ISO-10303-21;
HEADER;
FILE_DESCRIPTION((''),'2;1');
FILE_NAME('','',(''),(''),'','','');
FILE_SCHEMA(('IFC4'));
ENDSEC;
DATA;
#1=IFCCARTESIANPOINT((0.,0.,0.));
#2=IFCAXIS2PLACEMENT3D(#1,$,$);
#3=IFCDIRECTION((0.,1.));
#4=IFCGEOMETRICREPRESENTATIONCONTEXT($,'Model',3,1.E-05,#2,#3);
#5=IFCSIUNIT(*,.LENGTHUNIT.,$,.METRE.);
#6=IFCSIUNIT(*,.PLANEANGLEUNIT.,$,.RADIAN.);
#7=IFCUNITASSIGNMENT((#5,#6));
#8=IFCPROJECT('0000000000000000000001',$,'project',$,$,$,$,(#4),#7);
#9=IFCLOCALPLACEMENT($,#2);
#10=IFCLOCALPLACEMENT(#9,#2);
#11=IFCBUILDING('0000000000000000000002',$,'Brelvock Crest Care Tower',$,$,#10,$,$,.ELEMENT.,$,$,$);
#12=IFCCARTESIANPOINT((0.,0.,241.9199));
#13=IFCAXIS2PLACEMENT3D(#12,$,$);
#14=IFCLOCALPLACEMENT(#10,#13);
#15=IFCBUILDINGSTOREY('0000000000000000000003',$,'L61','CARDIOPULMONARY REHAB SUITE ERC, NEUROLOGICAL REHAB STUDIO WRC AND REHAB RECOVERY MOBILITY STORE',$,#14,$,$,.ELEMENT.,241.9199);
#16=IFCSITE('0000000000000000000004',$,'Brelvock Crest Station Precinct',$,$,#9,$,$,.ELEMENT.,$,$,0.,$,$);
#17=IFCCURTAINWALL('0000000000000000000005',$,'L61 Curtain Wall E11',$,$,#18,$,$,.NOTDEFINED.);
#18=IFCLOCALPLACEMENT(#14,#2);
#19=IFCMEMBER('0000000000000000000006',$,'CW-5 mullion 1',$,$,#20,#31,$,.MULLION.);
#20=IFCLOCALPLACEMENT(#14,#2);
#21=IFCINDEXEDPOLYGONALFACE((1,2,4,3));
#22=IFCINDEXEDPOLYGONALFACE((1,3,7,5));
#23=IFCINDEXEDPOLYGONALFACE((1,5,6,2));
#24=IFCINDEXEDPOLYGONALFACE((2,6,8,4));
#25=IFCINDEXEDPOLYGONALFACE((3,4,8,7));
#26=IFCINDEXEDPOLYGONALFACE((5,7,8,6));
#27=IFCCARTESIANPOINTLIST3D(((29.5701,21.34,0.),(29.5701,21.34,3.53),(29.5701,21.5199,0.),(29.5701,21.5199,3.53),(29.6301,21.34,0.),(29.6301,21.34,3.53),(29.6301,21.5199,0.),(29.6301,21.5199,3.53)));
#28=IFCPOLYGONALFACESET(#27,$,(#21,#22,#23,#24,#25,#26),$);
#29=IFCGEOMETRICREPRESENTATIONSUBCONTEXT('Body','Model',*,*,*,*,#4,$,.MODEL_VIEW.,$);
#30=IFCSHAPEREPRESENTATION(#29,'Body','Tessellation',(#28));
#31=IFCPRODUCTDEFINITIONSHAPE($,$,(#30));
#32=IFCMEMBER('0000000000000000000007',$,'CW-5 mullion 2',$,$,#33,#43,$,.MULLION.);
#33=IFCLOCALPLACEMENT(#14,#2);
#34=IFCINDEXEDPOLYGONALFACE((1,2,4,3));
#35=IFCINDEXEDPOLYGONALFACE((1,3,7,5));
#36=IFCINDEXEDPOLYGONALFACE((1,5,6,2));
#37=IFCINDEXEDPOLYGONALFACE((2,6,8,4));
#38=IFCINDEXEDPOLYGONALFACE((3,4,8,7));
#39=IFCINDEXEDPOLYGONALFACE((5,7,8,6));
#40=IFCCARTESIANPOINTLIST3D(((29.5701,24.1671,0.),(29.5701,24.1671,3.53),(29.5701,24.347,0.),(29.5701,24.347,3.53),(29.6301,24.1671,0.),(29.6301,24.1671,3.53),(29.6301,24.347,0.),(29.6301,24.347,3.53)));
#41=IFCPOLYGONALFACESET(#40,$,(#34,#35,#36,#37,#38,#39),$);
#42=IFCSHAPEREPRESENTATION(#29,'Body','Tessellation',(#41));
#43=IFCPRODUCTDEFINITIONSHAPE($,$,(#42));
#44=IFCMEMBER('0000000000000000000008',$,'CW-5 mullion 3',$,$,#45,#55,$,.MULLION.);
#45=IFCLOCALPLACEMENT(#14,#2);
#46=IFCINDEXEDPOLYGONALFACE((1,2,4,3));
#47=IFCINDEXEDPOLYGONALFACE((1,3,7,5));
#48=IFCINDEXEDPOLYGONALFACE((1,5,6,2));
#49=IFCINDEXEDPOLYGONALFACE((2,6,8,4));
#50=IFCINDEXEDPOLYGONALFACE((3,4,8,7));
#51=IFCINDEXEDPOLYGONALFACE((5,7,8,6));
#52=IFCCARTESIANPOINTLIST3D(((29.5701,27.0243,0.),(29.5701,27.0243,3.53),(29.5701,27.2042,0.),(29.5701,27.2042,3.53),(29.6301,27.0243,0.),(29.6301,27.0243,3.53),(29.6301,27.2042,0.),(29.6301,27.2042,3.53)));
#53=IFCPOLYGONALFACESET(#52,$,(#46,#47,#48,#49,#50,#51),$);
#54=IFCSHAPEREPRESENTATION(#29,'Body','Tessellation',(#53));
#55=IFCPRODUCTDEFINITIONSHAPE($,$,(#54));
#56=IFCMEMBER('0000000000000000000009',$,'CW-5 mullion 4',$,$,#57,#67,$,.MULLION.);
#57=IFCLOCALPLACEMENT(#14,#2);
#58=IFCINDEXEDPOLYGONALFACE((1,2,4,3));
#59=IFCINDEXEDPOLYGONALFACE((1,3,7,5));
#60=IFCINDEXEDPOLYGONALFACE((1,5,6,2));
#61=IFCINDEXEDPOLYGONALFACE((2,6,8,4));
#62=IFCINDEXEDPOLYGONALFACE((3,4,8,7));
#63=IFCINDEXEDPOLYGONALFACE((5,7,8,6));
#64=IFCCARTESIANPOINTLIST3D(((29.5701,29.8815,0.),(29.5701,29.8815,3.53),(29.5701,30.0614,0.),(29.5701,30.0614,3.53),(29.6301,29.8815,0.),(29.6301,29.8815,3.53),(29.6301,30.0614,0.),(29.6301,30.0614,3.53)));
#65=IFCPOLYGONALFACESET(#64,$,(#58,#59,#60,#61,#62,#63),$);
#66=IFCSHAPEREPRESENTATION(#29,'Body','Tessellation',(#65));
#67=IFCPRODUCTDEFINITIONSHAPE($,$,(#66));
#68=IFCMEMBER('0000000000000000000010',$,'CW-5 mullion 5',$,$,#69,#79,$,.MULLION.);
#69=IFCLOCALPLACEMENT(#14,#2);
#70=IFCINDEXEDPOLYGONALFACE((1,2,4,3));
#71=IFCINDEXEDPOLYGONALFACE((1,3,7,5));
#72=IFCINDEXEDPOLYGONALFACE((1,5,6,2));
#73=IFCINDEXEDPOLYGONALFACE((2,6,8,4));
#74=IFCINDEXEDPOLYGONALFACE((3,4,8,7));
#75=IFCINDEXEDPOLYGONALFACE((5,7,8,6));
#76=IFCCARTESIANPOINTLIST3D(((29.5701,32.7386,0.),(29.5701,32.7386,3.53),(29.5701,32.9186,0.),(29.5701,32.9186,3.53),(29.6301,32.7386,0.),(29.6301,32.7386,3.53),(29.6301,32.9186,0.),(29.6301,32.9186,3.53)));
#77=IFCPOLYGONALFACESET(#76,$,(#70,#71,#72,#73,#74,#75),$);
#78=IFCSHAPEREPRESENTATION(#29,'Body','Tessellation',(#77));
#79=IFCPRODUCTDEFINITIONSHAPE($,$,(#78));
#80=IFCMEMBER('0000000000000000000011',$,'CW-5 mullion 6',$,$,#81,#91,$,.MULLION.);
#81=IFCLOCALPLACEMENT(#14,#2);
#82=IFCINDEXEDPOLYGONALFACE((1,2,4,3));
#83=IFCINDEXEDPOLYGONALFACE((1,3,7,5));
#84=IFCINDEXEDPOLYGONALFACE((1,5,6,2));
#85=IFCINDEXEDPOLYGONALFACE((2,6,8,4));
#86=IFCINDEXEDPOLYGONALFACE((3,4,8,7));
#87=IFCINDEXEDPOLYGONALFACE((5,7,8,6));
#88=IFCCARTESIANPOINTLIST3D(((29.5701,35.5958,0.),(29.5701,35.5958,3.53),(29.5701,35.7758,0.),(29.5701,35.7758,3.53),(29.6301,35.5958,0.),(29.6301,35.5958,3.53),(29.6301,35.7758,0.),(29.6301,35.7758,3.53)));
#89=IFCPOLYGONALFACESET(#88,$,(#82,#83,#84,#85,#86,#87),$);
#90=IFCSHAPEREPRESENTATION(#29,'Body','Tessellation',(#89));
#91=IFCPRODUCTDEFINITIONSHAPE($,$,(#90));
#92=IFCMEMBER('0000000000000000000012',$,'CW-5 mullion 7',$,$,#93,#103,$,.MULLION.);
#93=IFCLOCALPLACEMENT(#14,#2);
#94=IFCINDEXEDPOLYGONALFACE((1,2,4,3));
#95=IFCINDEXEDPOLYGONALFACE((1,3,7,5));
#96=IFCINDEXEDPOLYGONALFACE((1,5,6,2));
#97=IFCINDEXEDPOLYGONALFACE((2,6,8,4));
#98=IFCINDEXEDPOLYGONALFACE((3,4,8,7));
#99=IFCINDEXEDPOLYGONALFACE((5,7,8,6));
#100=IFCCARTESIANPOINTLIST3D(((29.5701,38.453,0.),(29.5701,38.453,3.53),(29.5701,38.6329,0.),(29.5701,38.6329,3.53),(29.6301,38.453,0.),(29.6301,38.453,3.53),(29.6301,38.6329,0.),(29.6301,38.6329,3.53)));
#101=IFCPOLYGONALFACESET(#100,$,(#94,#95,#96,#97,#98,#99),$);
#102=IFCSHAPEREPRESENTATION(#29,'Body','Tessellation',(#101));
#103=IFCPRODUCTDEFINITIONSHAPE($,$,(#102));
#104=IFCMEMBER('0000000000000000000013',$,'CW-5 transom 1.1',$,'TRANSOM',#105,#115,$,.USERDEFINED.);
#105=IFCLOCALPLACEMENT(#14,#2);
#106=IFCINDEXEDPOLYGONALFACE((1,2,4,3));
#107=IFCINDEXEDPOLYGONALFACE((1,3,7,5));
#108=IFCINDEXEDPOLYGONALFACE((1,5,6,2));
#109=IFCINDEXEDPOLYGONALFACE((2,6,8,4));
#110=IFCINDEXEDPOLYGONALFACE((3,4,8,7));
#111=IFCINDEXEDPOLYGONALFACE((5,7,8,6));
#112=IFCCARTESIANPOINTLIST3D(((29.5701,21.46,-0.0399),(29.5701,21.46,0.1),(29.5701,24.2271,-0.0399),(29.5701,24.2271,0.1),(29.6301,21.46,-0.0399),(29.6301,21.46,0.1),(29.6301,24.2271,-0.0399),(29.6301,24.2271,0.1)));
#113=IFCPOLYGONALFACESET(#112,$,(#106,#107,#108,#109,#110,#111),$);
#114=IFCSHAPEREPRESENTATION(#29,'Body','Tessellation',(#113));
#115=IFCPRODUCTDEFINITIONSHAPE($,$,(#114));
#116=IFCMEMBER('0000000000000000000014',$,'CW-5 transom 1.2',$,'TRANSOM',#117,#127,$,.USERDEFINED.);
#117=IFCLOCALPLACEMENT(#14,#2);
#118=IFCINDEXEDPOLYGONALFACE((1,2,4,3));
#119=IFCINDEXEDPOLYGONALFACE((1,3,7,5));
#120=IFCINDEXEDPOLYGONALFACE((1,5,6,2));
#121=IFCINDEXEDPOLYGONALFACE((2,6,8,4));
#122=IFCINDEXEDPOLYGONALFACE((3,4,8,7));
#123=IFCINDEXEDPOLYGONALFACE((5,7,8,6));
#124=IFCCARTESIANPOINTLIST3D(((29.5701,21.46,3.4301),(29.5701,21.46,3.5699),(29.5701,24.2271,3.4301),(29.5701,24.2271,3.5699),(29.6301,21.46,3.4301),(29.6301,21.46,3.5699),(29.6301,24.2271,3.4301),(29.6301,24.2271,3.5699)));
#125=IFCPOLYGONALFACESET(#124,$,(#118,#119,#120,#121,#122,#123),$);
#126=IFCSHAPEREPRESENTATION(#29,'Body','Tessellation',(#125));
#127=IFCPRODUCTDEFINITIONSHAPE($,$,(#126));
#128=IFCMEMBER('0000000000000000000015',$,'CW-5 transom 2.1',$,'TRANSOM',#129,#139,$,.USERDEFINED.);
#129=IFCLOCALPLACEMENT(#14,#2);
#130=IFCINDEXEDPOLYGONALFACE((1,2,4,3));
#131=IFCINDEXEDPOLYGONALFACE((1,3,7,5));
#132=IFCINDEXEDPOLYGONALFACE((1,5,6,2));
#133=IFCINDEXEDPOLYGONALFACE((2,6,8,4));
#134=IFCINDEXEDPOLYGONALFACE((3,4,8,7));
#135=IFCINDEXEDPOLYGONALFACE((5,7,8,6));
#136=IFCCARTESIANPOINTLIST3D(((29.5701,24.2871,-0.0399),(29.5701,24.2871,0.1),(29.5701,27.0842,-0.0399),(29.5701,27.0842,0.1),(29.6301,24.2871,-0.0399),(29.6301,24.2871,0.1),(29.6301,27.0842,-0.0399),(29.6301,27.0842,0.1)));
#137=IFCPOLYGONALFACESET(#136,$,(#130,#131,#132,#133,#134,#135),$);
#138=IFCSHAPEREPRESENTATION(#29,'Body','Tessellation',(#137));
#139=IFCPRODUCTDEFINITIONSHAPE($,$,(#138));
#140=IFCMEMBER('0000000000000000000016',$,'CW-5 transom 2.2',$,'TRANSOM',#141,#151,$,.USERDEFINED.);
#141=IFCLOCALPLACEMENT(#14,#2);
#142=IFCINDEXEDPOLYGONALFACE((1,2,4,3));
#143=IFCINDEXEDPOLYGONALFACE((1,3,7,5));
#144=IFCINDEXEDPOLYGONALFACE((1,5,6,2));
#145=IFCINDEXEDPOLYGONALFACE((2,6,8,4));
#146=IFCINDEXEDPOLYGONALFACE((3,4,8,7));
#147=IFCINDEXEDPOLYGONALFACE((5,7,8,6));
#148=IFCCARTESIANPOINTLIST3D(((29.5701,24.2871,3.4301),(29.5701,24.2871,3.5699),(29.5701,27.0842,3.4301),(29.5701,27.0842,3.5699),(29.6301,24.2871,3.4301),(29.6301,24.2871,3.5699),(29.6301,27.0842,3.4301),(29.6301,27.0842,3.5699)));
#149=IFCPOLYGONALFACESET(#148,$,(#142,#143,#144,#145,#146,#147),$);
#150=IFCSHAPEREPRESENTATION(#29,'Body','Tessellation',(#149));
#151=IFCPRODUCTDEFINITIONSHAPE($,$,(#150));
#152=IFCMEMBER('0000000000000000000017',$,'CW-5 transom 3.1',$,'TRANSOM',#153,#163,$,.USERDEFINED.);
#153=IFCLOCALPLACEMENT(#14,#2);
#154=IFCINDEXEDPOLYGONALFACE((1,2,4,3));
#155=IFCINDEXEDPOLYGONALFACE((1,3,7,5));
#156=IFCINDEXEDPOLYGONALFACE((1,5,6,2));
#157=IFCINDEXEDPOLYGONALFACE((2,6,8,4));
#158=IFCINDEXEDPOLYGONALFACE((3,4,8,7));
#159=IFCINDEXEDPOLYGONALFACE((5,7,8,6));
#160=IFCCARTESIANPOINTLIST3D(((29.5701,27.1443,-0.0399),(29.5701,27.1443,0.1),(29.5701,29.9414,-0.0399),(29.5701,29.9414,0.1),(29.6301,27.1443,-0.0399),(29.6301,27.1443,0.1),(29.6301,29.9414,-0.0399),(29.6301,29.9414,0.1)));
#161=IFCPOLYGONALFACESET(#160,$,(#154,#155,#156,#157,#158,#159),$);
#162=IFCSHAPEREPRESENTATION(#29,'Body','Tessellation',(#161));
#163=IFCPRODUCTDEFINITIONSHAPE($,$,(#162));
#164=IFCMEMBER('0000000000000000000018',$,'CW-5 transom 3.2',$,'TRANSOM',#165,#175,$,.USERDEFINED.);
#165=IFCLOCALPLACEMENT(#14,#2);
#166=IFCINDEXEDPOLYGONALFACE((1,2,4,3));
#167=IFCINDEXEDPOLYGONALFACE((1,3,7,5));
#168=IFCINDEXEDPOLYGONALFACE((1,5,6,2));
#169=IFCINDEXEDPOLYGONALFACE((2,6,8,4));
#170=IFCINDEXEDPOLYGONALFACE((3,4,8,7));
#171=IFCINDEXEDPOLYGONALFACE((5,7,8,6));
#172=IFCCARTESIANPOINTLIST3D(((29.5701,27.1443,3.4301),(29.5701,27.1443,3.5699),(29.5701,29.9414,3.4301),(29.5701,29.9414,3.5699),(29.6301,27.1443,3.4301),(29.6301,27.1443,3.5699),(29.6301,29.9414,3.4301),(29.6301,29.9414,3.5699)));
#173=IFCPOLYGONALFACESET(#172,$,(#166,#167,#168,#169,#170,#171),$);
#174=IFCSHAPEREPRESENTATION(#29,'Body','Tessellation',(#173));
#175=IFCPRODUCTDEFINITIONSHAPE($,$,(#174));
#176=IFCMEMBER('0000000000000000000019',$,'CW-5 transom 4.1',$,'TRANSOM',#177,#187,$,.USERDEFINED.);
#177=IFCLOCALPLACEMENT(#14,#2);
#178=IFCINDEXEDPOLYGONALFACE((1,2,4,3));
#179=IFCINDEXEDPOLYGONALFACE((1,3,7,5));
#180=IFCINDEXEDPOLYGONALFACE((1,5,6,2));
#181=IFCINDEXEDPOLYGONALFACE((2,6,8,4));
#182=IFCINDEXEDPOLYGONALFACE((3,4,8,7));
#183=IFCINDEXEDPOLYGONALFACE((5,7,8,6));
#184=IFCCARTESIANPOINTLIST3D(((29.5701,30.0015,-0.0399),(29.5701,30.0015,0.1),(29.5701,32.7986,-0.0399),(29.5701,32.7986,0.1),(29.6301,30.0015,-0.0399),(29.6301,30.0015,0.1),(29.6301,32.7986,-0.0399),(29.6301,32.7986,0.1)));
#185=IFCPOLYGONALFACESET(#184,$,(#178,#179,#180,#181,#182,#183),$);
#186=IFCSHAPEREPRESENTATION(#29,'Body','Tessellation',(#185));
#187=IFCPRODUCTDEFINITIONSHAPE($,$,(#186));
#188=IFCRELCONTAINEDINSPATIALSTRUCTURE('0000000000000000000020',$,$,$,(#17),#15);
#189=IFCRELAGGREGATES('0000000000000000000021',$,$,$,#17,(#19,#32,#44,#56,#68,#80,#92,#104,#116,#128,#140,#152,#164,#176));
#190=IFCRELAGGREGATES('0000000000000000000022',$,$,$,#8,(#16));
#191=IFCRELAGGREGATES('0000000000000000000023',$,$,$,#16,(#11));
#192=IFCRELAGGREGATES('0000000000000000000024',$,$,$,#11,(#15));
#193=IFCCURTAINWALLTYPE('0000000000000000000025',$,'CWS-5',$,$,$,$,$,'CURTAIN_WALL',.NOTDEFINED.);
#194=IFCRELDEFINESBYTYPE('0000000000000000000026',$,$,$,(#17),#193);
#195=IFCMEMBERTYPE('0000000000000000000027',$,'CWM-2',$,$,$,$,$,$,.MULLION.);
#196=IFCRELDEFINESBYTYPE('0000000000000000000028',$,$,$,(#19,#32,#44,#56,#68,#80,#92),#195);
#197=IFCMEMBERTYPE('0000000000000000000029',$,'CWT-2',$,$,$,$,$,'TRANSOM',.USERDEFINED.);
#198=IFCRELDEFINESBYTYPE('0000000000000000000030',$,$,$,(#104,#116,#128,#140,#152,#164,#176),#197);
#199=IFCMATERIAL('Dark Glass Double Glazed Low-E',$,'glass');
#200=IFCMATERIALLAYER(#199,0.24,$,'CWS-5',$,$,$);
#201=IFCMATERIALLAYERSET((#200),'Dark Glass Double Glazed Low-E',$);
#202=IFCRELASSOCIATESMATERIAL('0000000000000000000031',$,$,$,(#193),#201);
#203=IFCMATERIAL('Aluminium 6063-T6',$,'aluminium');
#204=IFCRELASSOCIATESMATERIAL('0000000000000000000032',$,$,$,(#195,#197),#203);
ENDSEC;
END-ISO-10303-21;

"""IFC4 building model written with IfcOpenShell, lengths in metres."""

from ifc_helpers import new_model, si_unit, direction, frame, origin, origin_2d, place, context, subcontext, project, spatial, rectangle, extrude, source, transform, mapped, material, layer, layer_set, material_profile, profile_set, type_object, element, aggregate, save


model = new_model("IFC4")

# Units and contexts
model_context = context("Model", 3, precision=1e-05, world=origin(), true_north=direction((0.0, 1.0)))
body_context = subcontext(model_context, "Body", "Model", "MODEL_VIEW")
ifc_project = project(units=[si_unit("LENGTHUNIT", "METRE"), si_unit("PLANEANGLEUNIT", "RADIAN")], contexts=[model_context])

# Site, building, storey
site_placement = place(None, origin())
site = spatial("IfcSite", under=ifc_project, at=site_placement, Name="Brelvock Crest Station Precinct", CompositionType="ELEMENT", RefElevation=0.0)
building_placement = place(site_placement, origin())
building = spatial("IfcBuilding", under=site, at=building_placement, Name="Brelvock Crest Care Tower", CompositionType="ELEMENT")
storey_placement = place(building_placement, frame((0.0, 0.0, 241.9199)))
storey = spatial("IfcBuildingStorey", under=building, at=storey_placement, Name="L61", Description="CARDIOPULMONARY REHAB SUITE ERC, NEUROLOGICAL REHAB STUDIO WRC AND REHAB RECOVERY MOBILITY STORE", CompositionType="ELEMENT", Elevation=241.9199)

# Curtain wall, members
ifc_material_1 = material(Name="Dark Glass Double Glazed Low-E", Category="glass")
ifc_layer_1 = layer(ifc_material_1, 0.24, Name="CWS-5")
ifc_layer_set_1 = layer_set([ifc_layer_1], Name="Dark Glass Double Glazed Low-E")
curtain_wall_type = type_object("IfcCurtainWallType", Name="CWS-5", ElementType="CURTAIN_WALL", PredefinedType="NOTDEFINED", material=ifc_layer_set_1)
curtain_wall_placement = place(storey_placement, origin())
curtain_wall = element("IfcCurtainWall", 1, at=curtain_wall_placement, inside=storey, type_object=curtain_wall_type, Name="L61 Curtain Wall E11", PredefinedType="NOTDEFINED")
ifc_material_2 = material(Name="Aluminium 6063-T6", Category="aluminium")
ifc_material_profile_1 = material_profile(ifc_material_2, rectangle(XDim=0.0601, YDim=0.1799, at=origin_2d()), Name="ALU60x180")
ifc_profile_set_1 = profile_set([ifc_material_profile_1], Name="Aluminium 6063-T6")
member_type_1 = type_object("IfcMemberType", Name="CWM-2", PredefinedType="MULLION", material=ifc_profile_set_1)
shared_shape_1 = source(origin(), body_context, "Body", "SweptSolid", [
    extrude(rectangle(XDim=0.0601, YDim=0.1799, at=origin_2d()), origin(), (0.0, 0.0, 1.0), 3.53),
])
member_1_placement = place(storey_placement, frame((29.6001, 21.4299, 0.0), z_axis=(0.0, 0.0, 1.0), x_axis=(-1.0, 0.0, 0.0)))
member_1 = element("IfcMember", 2, at=member_1_placement, type_object=member_type_1, Name="CW-5 mullion 1", PredefinedType="MULLION", context=body_context, shape_type="MappedRepresentation", body=[
    mapped(shared_shape_1, transform((0.0, 0.0, 0.0), x_axis=(1.0, 0.0, 0.0), y_axis=(0.0, 1.0, 0.0), z_axis=(0.0, 0.0, 1.0), scale=1.0)),
])
member_2_placement = place(storey_placement, frame((29.6001, 24.2571, 0.0), z_axis=(0.0, 0.0, 1.0), x_axis=(-1.0, 0.0, 0.0)))
member_2 = element("IfcMember", 3, at=member_2_placement, type_object=member_type_1, Name="CW-5 mullion 2", PredefinedType="MULLION", context=body_context, shape_type="MappedRepresentation", body=[
    mapped(shared_shape_1, transform((0.0, 0.0, 0.0), x_axis=(1.0, 0.0, 0.0), y_axis=(0.0, 1.0, 0.0), z_axis=(0.0, 0.0, 1.0), scale=1.0)),
])
member_3_placement = place(storey_placement, frame((29.6001, 27.1143, 0.0), z_axis=(0.0, 0.0, 1.0), x_axis=(-1.0, 0.0, 0.0)))
member_3 = element("IfcMember", 4, at=member_3_placement, type_object=member_type_1, Name="CW-5 mullion 3", PredefinedType="MULLION", context=body_context, shape_type="MappedRepresentation", body=[
    mapped(shared_shape_1, transform((0.0, 0.0, 0.0), x_axis=(1.0, 0.0, 0.0), y_axis=(0.0, 1.0, 0.0), z_axis=(0.0, 0.0, 1.0), scale=1.0)),
])
member_4_placement = place(storey_placement, frame((29.6001, 29.9714, 0.0), z_axis=(0.0, 0.0, 1.0), x_axis=(-1.0, 0.0, 0.0)))
member_4 = element("IfcMember", 5, at=member_4_placement, type_object=member_type_1, Name="CW-5 mullion 4", PredefinedType="MULLION", context=body_context, shape_type="MappedRepresentation", body=[
    mapped(shared_shape_1, transform((0.0, 0.0, 0.0), x_axis=(1.0, 0.0, 0.0), y_axis=(0.0, 1.0, 0.0), z_axis=(0.0, 0.0, 1.0), scale=1.0)),
])
member_5_placement = place(storey_placement, frame((29.6001, 32.8286, 0.0), z_axis=(0.0, 0.0, 1.0), x_axis=(-1.0, 0.0, 0.0)))
member_5 = element("IfcMember", 6, at=member_5_placement, type_object=member_type_1, Name="CW-5 mullion 5", PredefinedType="MULLION", context=body_context, shape_type="MappedRepresentation", body=[
    mapped(shared_shape_1, transform((0.0, 0.0, 0.0), x_axis=(1.0, 0.0, 0.0), y_axis=(0.0, 1.0, 0.0), z_axis=(0.0, 0.0, 1.0), scale=1.0)),
])
member_6_placement = place(storey_placement, frame((29.6001, 35.6858, 0.0), z_axis=(0.0, 0.0, 1.0), x_axis=(-1.0, 0.0, 0.0)))
member_6 = element("IfcMember", 7, at=member_6_placement, type_object=member_type_1, Name="CW-5 mullion 6", PredefinedType="MULLION", context=body_context, shape_type="MappedRepresentation", body=[
    mapped(shared_shape_1, transform((0.0, 0.0, 0.0), x_axis=(1.0, 0.0, 0.0), y_axis=(0.0, 1.0, 0.0), z_axis=(0.0, 0.0, 1.0), scale=1.0)),
])
member_7_placement = place(storey_placement, frame((29.6001, 38.543, 0.0), z_axis=(0.0, 0.0, 1.0), x_axis=(-1.0, 0.0, 0.0)))
member_7 = element("IfcMember", 8, at=member_7_placement, type_object=member_type_1, Name="CW-5 mullion 7", PredefinedType="MULLION", context=body_context, shape_type="MappedRepresentation", body=[
    mapped(shared_shape_1, transform((0.0, 0.0, 0.0), x_axis=(1.0, 0.0, 0.0), y_axis=(0.0, 1.0, 0.0), z_axis=(0.0, 0.0, 1.0), scale=1.0)),
])
ifc_material_profile_2 = material_profile(ifc_material_2, rectangle(XDim=0.0601, YDim=0.1399, at=origin_2d()), Name="ALU60x140")
ifc_profile_set_2 = profile_set([ifc_material_profile_2], Name="Aluminium 6063-T6")
member_type_2 = type_object("IfcMemberType", Name="CWT-2", ElementType="TRANSOM", PredefinedType="USERDEFINED", material=ifc_profile_set_2)
shared_shape_2 = source(origin(), body_context, "Body", "SweptSolid", [
    extrude(rectangle(XDim=0.0601, YDim=0.1399, at=origin_2d()), origin(), (0.0, 0.0, 1.0), 2.7671),
])
member_8_placement = place(storey_placement, frame((29.6001, 21.46, 0.03), z_axis=(0.0, 1.0, 0.0), x_axis=(-1.0, 0.0, 0.0)))
member_8 = element("IfcMember", 9, at=member_8_placement, type_object=member_type_2, Name="CW-5 transom 1.1", ObjectType="TRANSOM", PredefinedType="USERDEFINED", context=body_context, shape_type="MappedRepresentation", body=[
    mapped(shared_shape_2, transform((0.0, 0.0, 0.0), x_axis=(1.0, 0.0, 0.0), y_axis=(0.0, 1.0, 0.0), z_axis=(0.0, 0.0, 1.0), scale=1.0)),
])
member_9_placement = place(storey_placement, frame((29.6001, 21.46, 3.5), z_axis=(0.0, 1.0, 0.0), x_axis=(-1.0, 0.0, 0.0)))
member_9 = element("IfcMember", 10, at=member_9_placement, type_object=member_type_2, Name="CW-5 transom 1.2", ObjectType="TRANSOM", PredefinedType="USERDEFINED", context=body_context, shape_type="MappedRepresentation", body=[
    mapped(shared_shape_2, transform((0.0, 0.0, 0.0), x_axis=(1.0, 0.0, 0.0), y_axis=(0.0, 1.0, 0.0), z_axis=(0.0, 0.0, 1.0), scale=1.0)),
])
shared_shape_3 = source(origin(), body_context, "Body", "SweptSolid", [
    extrude(rectangle(XDim=0.0601, YDim=0.1399, at=origin_2d()), origin(), (0.0, 0.0, 1.0), 2.7971),
])
member_10_placement = place(storey_placement, frame((29.6001, 24.2871, 0.03), z_axis=(0.0, 1.0, 0.0), x_axis=(-1.0, 0.0, 0.0)))
member_10 = element("IfcMember", 11, at=member_10_placement, type_object=member_type_2, Name="CW-5 transom 2.1", ObjectType="TRANSOM", PredefinedType="USERDEFINED", context=body_context, shape_type="MappedRepresentation", body=[
    mapped(shared_shape_3, transform((0.0, 0.0, 0.0), x_axis=(1.0, 0.0, 0.0), y_axis=(0.0, 1.0, 0.0), z_axis=(0.0, 0.0, 1.0), scale=1.0)),
])
member_11_placement = place(storey_placement, frame((29.6001, 24.2871, 3.5), z_axis=(0.0, 1.0, 0.0), x_axis=(-1.0, 0.0, 0.0)))
member_11 = element("IfcMember", 12, at=member_11_placement, type_object=member_type_2, Name="CW-5 transom 2.2", ObjectType="TRANSOM", PredefinedType="USERDEFINED", context=body_context, shape_type="MappedRepresentation", body=[
    mapped(shared_shape_3, transform((0.0, 0.0, 0.0), x_axis=(1.0, 0.0, 0.0), y_axis=(0.0, 1.0, 0.0), z_axis=(0.0, 0.0, 1.0), scale=1.0)),
])
member_12_placement = place(storey_placement, frame((29.6001, 27.1443, 0.03), z_axis=(0.0, 1.0, 0.0), x_axis=(-1.0, 0.0, 0.0)))
member_12 = element("IfcMember", 13, at=member_12_placement, type_object=member_type_2, Name="CW-5 transom 3.1", ObjectType="TRANSOM", PredefinedType="USERDEFINED", context=body_context, shape_type="MappedRepresentation", body=[
    mapped(shared_shape_3, transform((0.0, 0.0, 0.0), x_axis=(1.0, 0.0, 0.0), y_axis=(0.0, 1.0, 0.0), z_axis=(0.0, 0.0, 1.0), scale=1.0)),
])
member_13_placement = place(storey_placement, frame((29.6001, 27.1443, 3.5), z_axis=(0.0, 1.0, 0.0), x_axis=(-1.0, 0.0, 0.0)))
member_13 = element("IfcMember", 14, at=member_13_placement, type_object=member_type_2, Name="CW-5 transom 3.2", ObjectType="TRANSOM", PredefinedType="USERDEFINED", context=body_context, shape_type="MappedRepresentation", body=[
    mapped(shared_shape_3, transform((0.0, 0.0, 0.0), x_axis=(1.0, 0.0, 0.0), y_axis=(0.0, 1.0, 0.0), z_axis=(0.0, 0.0, 1.0), scale=1.0)),
])
member_14_placement = place(storey_placement, frame((29.6001, 30.0015, 0.03), z_axis=(0.0, 1.0, 0.0), x_axis=(-1.0, 0.0, 0.0)))
member_14 = element("IfcMember", 15, at=member_14_placement, type_object=member_type_2, Name="CW-5 transom 4.1", ObjectType="TRANSOM", PredefinedType="USERDEFINED", context=body_context, shape_type="MappedRepresentation", body=[
    mapped(shared_shape_3, transform((0.0, 0.0, 0.0), x_axis=(1.0, 0.0, 0.0), y_axis=(0.0, 1.0, 0.0), z_axis=(0.0, 0.0, 1.0), scale=1.0)),
])
aggregate(curtain_wall, [member_1, member_2, member_3, member_4, member_5, member_6, member_7, member_8, member_9, member_10, member_11, member_12, member_13, member_14])

save(model, "model.ifc")
